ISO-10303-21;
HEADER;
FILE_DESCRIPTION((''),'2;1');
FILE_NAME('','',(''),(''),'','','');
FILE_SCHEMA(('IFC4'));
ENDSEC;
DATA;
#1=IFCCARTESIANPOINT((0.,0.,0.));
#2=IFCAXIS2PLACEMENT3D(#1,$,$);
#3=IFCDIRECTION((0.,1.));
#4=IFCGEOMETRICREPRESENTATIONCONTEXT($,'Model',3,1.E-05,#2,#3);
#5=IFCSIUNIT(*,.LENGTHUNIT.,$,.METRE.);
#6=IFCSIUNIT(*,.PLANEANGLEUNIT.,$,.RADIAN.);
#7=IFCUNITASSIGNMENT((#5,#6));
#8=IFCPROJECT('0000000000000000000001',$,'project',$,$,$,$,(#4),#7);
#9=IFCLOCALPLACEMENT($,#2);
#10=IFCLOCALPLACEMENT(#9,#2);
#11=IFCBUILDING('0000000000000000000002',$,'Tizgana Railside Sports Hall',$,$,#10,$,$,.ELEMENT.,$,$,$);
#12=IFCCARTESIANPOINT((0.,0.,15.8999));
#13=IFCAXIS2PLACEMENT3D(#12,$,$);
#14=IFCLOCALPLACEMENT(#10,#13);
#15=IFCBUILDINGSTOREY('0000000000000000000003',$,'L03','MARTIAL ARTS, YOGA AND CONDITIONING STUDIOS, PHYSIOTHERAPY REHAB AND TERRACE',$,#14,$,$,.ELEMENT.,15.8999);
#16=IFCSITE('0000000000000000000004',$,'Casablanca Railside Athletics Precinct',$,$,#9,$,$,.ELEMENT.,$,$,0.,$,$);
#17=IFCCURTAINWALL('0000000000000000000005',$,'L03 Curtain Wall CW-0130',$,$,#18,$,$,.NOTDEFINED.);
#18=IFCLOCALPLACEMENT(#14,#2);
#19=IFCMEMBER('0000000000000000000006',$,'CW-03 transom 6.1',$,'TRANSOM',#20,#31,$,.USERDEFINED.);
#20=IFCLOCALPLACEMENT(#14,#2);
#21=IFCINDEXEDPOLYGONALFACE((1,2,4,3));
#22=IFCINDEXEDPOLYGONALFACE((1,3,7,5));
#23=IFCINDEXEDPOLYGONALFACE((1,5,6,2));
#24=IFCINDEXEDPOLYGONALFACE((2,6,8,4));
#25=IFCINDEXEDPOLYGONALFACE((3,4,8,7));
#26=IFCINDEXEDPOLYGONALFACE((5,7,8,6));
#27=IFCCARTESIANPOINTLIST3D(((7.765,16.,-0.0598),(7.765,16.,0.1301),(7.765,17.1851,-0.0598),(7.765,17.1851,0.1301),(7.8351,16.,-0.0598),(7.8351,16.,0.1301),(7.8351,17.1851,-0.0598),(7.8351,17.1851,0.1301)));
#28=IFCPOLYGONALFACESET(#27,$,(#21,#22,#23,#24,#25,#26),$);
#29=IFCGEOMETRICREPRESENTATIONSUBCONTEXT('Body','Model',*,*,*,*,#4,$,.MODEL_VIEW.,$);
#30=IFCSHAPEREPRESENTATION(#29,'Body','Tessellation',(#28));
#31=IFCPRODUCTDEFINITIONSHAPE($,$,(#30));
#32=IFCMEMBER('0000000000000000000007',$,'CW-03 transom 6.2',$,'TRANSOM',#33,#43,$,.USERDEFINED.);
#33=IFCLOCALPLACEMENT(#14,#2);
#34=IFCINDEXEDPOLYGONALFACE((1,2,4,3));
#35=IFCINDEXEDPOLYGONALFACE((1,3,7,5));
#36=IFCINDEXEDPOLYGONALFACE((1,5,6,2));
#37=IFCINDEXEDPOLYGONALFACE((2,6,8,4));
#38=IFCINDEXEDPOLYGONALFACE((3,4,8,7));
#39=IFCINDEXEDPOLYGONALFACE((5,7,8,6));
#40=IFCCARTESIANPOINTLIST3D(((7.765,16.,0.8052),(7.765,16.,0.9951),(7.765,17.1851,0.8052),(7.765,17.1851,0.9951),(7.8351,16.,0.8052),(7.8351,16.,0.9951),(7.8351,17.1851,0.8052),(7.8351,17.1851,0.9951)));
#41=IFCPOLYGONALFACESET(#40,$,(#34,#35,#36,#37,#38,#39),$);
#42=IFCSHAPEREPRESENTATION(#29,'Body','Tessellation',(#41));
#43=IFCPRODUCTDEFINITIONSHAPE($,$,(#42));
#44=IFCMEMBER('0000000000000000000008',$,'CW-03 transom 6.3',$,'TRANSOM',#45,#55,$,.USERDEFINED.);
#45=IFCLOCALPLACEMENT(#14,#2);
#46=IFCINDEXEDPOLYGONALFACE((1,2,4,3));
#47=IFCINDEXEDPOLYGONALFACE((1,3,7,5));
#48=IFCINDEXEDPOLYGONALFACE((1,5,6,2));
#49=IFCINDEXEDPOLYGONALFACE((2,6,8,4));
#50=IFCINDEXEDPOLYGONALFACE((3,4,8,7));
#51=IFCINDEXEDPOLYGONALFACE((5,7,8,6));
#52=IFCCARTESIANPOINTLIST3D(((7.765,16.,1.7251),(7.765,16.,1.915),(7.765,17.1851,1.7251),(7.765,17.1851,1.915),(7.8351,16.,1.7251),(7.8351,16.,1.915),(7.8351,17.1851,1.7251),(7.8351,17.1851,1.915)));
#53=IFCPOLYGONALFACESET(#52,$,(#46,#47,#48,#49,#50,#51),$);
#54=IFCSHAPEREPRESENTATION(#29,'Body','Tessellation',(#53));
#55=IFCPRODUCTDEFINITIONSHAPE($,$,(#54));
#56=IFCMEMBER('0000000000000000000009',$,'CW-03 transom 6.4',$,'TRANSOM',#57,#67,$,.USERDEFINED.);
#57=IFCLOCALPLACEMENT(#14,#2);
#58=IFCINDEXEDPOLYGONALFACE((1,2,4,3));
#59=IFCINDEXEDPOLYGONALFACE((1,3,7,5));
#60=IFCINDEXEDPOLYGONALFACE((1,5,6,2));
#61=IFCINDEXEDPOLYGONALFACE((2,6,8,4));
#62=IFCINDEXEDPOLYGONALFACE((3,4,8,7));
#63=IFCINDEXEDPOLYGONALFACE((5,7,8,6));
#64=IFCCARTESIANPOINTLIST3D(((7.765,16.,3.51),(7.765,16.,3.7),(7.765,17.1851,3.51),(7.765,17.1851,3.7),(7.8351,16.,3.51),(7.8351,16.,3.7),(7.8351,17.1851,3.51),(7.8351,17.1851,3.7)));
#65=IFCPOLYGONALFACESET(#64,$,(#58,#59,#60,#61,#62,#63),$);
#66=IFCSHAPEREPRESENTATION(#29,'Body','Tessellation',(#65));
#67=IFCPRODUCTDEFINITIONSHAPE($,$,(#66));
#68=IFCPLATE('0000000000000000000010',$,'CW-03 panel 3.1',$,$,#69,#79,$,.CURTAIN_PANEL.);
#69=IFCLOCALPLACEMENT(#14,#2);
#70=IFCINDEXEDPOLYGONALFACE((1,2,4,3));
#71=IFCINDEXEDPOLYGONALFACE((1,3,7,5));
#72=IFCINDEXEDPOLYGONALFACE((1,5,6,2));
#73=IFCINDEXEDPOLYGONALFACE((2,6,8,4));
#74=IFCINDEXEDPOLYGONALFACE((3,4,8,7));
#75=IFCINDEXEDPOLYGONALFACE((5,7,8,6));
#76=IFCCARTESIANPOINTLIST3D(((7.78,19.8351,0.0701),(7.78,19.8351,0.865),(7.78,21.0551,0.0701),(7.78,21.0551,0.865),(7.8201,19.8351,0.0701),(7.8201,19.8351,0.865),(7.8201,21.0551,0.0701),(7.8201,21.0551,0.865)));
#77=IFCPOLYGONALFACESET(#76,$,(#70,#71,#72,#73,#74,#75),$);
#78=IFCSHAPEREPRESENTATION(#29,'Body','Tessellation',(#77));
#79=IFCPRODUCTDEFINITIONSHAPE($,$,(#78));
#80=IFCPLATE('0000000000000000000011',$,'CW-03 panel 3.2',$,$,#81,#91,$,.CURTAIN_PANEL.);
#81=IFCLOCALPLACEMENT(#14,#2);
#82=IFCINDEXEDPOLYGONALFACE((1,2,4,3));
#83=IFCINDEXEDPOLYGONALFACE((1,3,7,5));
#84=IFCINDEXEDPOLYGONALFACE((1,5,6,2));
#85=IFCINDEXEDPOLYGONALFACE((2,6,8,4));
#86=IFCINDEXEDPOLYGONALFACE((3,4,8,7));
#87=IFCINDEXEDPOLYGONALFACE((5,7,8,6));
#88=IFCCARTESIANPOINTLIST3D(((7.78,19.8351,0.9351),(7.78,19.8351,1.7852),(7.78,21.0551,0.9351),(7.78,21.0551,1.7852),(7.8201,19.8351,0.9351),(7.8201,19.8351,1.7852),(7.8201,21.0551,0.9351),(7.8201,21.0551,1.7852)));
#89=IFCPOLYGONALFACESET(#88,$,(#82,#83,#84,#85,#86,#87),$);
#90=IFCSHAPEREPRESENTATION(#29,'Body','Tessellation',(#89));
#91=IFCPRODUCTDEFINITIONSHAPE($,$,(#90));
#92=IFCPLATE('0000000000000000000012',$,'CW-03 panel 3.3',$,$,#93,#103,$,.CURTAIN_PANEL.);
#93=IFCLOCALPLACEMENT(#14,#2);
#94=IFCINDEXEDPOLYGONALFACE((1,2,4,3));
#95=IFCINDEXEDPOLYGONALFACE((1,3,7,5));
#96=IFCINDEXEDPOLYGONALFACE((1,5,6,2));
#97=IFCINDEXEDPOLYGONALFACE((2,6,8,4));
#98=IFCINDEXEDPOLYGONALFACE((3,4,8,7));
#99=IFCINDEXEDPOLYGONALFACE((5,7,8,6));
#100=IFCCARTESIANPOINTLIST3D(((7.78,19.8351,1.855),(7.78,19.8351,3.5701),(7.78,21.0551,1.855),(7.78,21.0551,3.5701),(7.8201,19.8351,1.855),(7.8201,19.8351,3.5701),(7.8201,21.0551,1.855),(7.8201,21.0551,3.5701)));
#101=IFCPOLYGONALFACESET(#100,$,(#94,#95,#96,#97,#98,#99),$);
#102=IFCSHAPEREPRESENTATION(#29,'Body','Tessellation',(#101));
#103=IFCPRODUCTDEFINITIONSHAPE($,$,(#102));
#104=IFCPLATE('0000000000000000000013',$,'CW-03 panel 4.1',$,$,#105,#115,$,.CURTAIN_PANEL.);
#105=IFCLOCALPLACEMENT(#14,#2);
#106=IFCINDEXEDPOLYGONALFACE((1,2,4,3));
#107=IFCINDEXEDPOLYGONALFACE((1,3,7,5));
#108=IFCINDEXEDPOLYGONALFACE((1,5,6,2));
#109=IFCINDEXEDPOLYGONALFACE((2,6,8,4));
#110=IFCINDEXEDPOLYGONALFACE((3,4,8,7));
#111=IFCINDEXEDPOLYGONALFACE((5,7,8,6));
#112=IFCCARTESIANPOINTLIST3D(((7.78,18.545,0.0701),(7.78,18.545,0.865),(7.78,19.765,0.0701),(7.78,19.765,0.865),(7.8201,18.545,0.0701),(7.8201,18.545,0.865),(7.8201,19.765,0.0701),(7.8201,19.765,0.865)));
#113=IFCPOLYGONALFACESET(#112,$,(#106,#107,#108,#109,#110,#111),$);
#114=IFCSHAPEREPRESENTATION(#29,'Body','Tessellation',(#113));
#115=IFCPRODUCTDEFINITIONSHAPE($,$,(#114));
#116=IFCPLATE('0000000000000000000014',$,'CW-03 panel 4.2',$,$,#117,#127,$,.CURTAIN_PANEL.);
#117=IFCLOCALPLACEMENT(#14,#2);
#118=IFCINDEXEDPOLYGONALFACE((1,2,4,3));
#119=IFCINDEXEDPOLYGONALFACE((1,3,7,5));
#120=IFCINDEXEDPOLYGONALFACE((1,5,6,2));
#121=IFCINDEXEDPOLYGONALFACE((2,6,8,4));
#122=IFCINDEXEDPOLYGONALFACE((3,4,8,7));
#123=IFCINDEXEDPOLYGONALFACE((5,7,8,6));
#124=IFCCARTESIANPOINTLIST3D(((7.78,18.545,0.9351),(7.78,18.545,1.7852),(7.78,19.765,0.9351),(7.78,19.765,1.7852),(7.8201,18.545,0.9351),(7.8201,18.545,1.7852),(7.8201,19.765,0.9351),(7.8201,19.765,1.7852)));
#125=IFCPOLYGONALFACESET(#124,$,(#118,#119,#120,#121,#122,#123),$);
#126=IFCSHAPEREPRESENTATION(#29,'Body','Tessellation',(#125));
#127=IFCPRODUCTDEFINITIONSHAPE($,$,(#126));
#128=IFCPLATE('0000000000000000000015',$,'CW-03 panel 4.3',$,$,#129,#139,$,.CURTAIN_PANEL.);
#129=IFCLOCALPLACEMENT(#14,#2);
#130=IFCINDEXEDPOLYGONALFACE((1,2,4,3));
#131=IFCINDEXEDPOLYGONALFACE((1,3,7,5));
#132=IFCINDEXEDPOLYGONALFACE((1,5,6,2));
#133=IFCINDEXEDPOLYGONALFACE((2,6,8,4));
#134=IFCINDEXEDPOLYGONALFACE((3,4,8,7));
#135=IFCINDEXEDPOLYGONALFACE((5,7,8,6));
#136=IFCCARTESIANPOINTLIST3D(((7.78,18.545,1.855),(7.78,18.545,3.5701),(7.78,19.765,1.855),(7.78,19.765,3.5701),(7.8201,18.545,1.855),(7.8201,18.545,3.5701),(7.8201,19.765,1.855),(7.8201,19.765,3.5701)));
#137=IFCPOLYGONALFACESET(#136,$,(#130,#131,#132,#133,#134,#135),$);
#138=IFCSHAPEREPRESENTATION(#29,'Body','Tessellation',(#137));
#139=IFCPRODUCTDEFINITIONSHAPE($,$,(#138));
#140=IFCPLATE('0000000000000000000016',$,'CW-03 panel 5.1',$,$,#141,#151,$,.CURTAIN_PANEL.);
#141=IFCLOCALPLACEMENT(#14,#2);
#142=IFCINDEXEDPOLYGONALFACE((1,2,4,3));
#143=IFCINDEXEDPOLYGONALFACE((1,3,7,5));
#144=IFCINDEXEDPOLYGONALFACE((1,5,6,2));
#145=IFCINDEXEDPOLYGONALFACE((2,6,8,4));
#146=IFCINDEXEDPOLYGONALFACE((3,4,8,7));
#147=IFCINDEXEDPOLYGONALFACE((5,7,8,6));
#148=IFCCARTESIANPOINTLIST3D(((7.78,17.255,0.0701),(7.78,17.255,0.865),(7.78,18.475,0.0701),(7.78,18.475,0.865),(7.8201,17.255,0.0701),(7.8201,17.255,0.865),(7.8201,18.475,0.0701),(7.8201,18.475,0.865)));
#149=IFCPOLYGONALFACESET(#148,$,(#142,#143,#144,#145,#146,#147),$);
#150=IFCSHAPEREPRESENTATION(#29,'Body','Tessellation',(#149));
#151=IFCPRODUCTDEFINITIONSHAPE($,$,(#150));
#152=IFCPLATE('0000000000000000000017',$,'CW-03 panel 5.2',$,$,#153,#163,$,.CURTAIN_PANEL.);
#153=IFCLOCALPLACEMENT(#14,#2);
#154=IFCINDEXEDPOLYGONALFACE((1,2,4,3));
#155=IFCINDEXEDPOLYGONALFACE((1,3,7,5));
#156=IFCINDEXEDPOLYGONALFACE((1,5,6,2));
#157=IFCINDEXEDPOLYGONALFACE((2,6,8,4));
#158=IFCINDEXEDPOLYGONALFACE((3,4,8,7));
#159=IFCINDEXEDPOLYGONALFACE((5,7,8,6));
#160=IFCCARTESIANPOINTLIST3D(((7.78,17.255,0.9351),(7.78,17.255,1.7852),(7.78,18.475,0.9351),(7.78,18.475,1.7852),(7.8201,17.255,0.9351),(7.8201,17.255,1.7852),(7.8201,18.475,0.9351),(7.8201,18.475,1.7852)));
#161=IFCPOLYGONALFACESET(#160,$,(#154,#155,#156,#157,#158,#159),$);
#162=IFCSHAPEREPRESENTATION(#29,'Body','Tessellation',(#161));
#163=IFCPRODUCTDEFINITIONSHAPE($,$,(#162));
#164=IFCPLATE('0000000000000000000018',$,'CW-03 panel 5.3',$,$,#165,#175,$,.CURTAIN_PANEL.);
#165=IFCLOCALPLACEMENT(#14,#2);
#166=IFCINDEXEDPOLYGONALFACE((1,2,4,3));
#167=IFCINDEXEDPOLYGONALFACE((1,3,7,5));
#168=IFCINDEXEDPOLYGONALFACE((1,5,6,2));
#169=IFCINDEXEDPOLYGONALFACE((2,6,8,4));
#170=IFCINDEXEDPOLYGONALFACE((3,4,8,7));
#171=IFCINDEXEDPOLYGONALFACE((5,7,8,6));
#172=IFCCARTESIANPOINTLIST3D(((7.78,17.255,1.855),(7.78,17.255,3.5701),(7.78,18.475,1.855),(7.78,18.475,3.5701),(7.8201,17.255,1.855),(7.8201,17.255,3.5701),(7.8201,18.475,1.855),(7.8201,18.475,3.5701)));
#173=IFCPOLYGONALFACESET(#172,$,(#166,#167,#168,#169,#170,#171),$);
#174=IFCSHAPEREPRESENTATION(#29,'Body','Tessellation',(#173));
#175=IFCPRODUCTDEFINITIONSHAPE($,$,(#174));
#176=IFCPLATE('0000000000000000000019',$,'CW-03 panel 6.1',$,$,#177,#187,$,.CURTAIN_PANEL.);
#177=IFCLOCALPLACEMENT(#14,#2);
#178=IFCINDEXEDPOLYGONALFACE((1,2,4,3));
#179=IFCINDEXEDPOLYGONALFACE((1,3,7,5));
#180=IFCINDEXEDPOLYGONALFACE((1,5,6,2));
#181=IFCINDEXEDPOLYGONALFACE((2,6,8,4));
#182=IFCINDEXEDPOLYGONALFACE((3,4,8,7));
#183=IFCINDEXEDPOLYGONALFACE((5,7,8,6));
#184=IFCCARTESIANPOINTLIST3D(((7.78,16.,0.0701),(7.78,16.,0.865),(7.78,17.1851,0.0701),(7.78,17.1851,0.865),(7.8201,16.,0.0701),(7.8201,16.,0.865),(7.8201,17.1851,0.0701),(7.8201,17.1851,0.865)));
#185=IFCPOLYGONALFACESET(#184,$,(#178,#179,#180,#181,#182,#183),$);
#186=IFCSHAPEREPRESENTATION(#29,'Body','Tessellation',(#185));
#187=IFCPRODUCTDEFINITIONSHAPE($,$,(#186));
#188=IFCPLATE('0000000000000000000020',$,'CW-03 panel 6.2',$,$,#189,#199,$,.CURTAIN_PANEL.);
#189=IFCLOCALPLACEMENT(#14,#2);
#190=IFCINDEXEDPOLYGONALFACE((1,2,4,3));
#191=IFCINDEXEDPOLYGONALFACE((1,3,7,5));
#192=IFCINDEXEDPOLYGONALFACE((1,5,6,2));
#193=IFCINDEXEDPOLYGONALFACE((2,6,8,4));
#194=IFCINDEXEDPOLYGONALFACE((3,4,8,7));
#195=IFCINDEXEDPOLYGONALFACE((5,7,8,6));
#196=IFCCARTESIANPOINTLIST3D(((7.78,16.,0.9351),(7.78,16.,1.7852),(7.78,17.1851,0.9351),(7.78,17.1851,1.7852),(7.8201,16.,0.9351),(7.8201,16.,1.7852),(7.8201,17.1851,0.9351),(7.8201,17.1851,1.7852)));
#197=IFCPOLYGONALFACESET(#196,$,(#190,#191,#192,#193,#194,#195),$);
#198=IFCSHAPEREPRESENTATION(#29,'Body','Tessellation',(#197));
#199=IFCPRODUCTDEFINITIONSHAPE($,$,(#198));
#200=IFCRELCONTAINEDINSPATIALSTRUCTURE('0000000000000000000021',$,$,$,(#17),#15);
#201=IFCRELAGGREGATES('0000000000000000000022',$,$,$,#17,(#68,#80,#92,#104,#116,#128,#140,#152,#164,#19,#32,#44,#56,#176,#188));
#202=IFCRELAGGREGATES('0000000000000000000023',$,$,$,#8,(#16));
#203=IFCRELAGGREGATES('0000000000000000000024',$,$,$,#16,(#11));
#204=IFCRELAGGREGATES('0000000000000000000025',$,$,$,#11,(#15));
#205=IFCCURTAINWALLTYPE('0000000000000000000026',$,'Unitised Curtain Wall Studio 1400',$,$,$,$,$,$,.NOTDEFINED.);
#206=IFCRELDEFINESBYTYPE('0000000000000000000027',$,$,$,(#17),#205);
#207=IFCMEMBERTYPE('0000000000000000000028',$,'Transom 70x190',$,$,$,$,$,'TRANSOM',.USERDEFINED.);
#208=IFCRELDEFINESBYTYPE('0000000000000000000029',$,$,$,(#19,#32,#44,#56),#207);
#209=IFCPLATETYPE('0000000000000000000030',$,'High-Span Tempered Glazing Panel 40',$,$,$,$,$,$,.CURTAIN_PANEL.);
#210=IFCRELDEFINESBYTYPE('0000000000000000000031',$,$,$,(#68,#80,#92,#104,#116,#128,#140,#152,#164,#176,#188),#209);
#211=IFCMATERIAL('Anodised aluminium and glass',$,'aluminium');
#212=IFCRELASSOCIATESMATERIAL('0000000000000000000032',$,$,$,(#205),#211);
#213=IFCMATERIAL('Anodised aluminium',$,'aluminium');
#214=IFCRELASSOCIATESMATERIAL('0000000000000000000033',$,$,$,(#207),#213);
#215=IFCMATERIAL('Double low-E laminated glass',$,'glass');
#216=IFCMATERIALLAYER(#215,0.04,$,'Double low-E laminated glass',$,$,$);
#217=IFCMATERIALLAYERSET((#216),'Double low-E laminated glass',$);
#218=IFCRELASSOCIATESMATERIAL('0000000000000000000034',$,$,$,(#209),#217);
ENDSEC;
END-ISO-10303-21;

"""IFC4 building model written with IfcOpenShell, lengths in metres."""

from ifc_helpers import new_model, si_unit, direction, frame, origin, origin_2d, place, context, subcontext, project, spatial, rectangle, extrude, material, layer, layer_set, material_profile, profile_set, type_object, element, aggregate, save


model = new_model("IFC4")

# Units and contexts
model_context = context("Model", 3, precision=1e-05, world=origin(), true_north=direction((0.0, 1.0)))
body_context = subcontext(model_context, "Body", "Model", "MODEL_VIEW")
ifc_project = project(units=[si_unit("LENGTHUNIT", "METRE"), si_unit("PLANEANGLEUNIT", "RADIAN")], contexts=[model_context])

# Site, building, storey
site_placement = place(None, origin())
site = spatial("IfcSite", under=ifc_project, at=site_placement, Name="Casablanca Railside Athletics Precinct", CompositionType="ELEMENT", RefElevation=0.0)
building_placement = place(site_placement, origin())
building = spatial("IfcBuilding", under=site, at=building_placement, Name="Tizgana Railside Sports Hall", CompositionType="ELEMENT")
storey_placement = place(building_placement, frame((0.0, 0.0, 15.8999)))
storey = spatial("IfcBuildingStorey", under=building, at=storey_placement, Name="L03", Description="MARTIAL ARTS, YOGA AND CONDITIONING STUDIOS, PHYSIOTHERAPY REHAB AND TERRACE", CompositionType="ELEMENT", Elevation=15.8999)

# Curtain wall
ifc_material_1 = material(Name="Anodised aluminium and glass", Category="aluminium")
curtain_wall_type = type_object("IfcCurtainWallType", Name="Unitised Curtain Wall Studio 1400", PredefinedType="NOTDEFINED", material=ifc_material_1)
curtain_wall_placement = place(storey_placement, origin())
curtain_wall = element("IfcCurtainWall", 1, at=curtain_wall_placement, inside=storey, type_object=curtain_wall_type, Name="L03 Curtain Wall CW-0130", PredefinedType="NOTDEFINED")
ifc_material_2 = material(Name="Anodised aluminium", Category="aluminium")

# Members
ifc_material_profile_1 = material_profile(ifc_material_2, rectangle(XDim=0.0701, YDim=0.1899, at=origin_2d()), Name="Transom 70x190")
ifc_profile_set_1 = profile_set([ifc_material_profile_1], Name="Anodised aluminium")
member_type_1 = type_object("IfcMemberType", Name="Transom 70x190", ElementType="TRANSOM", PredefinedType="USERDEFINED", material=ifc_profile_set_1)
member_1_placement = place(storey_placement, frame((7.8, 17.1851, 0.0352), z_axis=(0.0, -1.0, 0.0), x_axis=(1.0, 0.0, 0.0)))
member_1 = element("IfcMember", 2, at=member_1_placement, type_object=member_type_1, Name="CW-03 transom 6.1", ObjectType="TRANSOM", PredefinedType="USERDEFINED", context=body_context, shape_type="SweptSolid", body=[
    extrude(rectangle(XDim=0.0701, YDim=0.1899, at=origin_2d()), origin(), (0.0, 0.0, 1.0), 1.1851),
])
member_2_placement = place(storey_placement, frame((7.8, 17.1851, 0.9001), z_axis=(0.0, -1.0, 0.0), x_axis=(1.0, 0.0, 0.0)))
member_2 = element("IfcMember", 3, at=member_2_placement, type_object=member_type_1, Name="CW-03 transom 6.2", ObjectType="TRANSOM", PredefinedType="USERDEFINED", context=body_context, shape_type="SweptSolid", body=[
    extrude(rectangle(XDim=0.0701, YDim=0.1899, at=origin_2d()), origin(), (0.0, 0.0, 1.0), 1.1851),
])
member_3_placement = place(storey_placement, frame((7.8, 17.1851, 1.8201), z_axis=(0.0, -1.0, 0.0), x_axis=(1.0, 0.0, 0.0)))
member_3 = element("IfcMember", 4, at=member_3_placement, type_object=member_type_1, Name="CW-03 transom 6.3", ObjectType="TRANSOM", PredefinedType="USERDEFINED", context=body_context, shape_type="SweptSolid", body=[
    extrude(rectangle(XDim=0.0701, YDim=0.1899, at=origin_2d()), origin(), (0.0, 0.0, 1.0), 1.1851),
])
member_4_placement = place(storey_placement, frame((7.8, 17.1851, 3.605), z_axis=(0.0, -1.0, 0.0), x_axis=(1.0, 0.0, 0.0)))
member_4 = element("IfcMember", 5, at=member_4_placement, type_object=member_type_1, Name="CW-03 transom 6.4", ObjectType="TRANSOM", PredefinedType="USERDEFINED", context=body_context, shape_type="SweptSolid", body=[
    extrude(rectangle(XDim=0.0701, YDim=0.1899, at=origin_2d()), origin(), (0.0, 0.0, 1.0), 1.1851),
])

# Plates
ifc_material_3 = material(Name="Double low-E laminated glass", Category="glass")
ifc_layer_1 = layer(ifc_material_3, 0.04, Name="Double low-E laminated glass")
ifc_layer_set_1 = layer_set([ifc_layer_1], Name="Double low-E laminated glass")
plate_type = type_object("IfcPlateType", Name="High-Span Tempered Glazing Panel 40", PredefinedType="CURTAIN_PANEL", material=ifc_layer_set_1)
plate_1_placement = place(storey_placement, frame((7.8, 20.4451, 0.0701), z_axis=(0.0, 0.0, 1.0), x_axis=(0.0, -1.0, 0.0)))
plate_1 = element("IfcPlate", 6, at=plate_1_placement, type_object=plate_type, Name="CW-03 panel 3.1", PredefinedType="CURTAIN_PANEL", context=body_context, shape_type="SweptSolid", body=[
    extrude(rectangle(XDim=1.22, YDim=0.04, at=origin_2d()), origin(), (0.0, 0.0, 1.0), 0.7949),
])
plate_2_placement = place(storey_placement, frame((7.8, 20.4451, 0.9351), z_axis=(0.0, 0.0, 1.0), x_axis=(0.0, -1.0, 0.0)))
plate_2 = element("IfcPlate", 7, at=plate_2_placement, type_object=plate_type, Name="CW-03 panel 3.2", PredefinedType="CURTAIN_PANEL", context=body_context, shape_type="SweptSolid", body=[
    extrude(rectangle(XDim=1.22, YDim=0.04, at=origin_2d()), origin(), (0.0, 0.0, 1.0), 0.8501),
])
plate_3_placement = place(storey_placement, frame((7.8, 20.4451, 1.855), z_axis=(0.0, 0.0, 1.0), x_axis=(0.0, -1.0, 0.0)))
plate_3 = element("IfcPlate", 8, at=plate_3_placement, type_object=plate_type, Name="CW-03 panel 3.3", PredefinedType="CURTAIN_PANEL", context=body_context, shape_type="SweptSolid", body=[
    extrude(rectangle(XDim=1.22, YDim=0.04, at=origin_2d()), origin(), (0.0, 0.0, 1.0), 1.7151),
])
plate_4_placement = place(storey_placement, frame((7.8, 19.155, 0.0701), z_axis=(0.0, 0.0, 1.0), x_axis=(0.0, -1.0, 0.0)))
plate_4 = element("IfcPlate", 9, at=plate_4_placement, type_object=plate_type, Name="CW-03 panel 4.1", PredefinedType="CURTAIN_PANEL", context=body_context, shape_type="SweptSolid", body=[
    extrude(rectangle(XDim=1.22, YDim=0.04, at=origin_2d()), origin(), (0.0, 0.0, 1.0), 0.7949),
])
plate_5_placement = place(storey_placement, frame((7.8, 19.155, 0.9351), z_axis=(0.0, 0.0, 1.0), x_axis=(0.0, -1.0, 0.0)))
plate_5 = element("IfcPlate", 10, at=plate_5_placement, type_object=plate_type, Name="CW-03 panel 4.2", PredefinedType="CURTAIN_PANEL", context=body_context, shape_type="SweptSolid", body=[
    extrude(rectangle(XDim=1.22, YDim=0.04, at=origin_2d()), origin(), (0.0, 0.0, 1.0), 0.8501),
])
plate_6_placement = place(storey_placement, frame((7.8, 19.155, 1.855), z_axis=(0.0, 0.0, 1.0), x_axis=(0.0, -1.0, 0.0)))
plate_6 = element("IfcPlate", 11, at=plate_6_placement, type_object=plate_type, Name="CW-03 panel 4.3", PredefinedType="CURTAIN_PANEL", context=body_context, shape_type="SweptSolid", body=[
    extrude(rectangle(XDim=1.22, YDim=0.04, at=origin_2d()), origin(), (0.0, 0.0, 1.0), 1.7151),
])
plate_7_placement = place(storey_placement, frame((7.8, 17.865, 0.0701), z_axis=(0.0, 0.0, 1.0), x_axis=(0.0, -1.0, 0.0)))
plate_7 = element("IfcPlate", 12, at=plate_7_placement, type_object=plate_type, Name="CW-03 panel 5.1", PredefinedType="CURTAIN_PANEL", context=body_context, shape_type="SweptSolid", body=[
    extrude(rectangle(XDim=1.22, YDim=0.04, at=origin_2d()), origin(), (0.0, 0.0, 1.0), 0.7949),
])
plate_8_placement = place(storey_placement, frame((7.8, 17.865, 0.9351), z_axis=(0.0, 0.0, 1.0), x_axis=(0.0, -1.0, 0.0)))
plate_8 = element("IfcPlate", 13, at=plate_8_placement, type_object=plate_type, Name="CW-03 panel 5.2", PredefinedType="CURTAIN_PANEL", context=body_context, shape_type="SweptSolid", body=[
    extrude(rectangle(XDim=1.22, YDim=0.04, at=origin_2d()), origin(), (0.0, 0.0, 1.0), 0.8501),
])
plate_9_placement = place(storey_placement, frame((7.8, 17.865, 1.855), z_axis=(0.0, 0.0, 1.0), x_axis=(0.0, -1.0, 0.0)))
plate_9 = element("IfcPlate", 14, at=plate_9_placement, type_object=plate_type, Name="CW-03 panel 5.3", PredefinedType="CURTAIN_PANEL", context=body_context, shape_type="SweptSolid", body=[
    extrude(rectangle(XDim=1.22, YDim=0.04, at=origin_2d()), origin(), (0.0, 0.0, 1.0), 1.7151),
])
plate_10_placement = place(storey_placement, frame((7.8, 16.5925, 0.0701), z_axis=(0.0, 0.0, 1.0), x_axis=(0.0, -1.0, 0.0)))
plate_10 = element("IfcPlate", 15, at=plate_10_placement, type_object=plate_type, Name="CW-03 panel 6.1", PredefinedType="CURTAIN_PANEL", context=body_context, shape_type="SweptSolid", body=[
    extrude(rectangle(XDim=1.1851, YDim=0.04, at=origin_2d()), origin(), (0.0, 0.0, 1.0), 0.7949),
])
plate_11_placement = place(storey_placement, frame((7.8, 16.5925, 0.9351), z_axis=(0.0, 0.0, 1.0), x_axis=(0.0, -1.0, 0.0)))
plate_11 = element("IfcPlate", 16, at=plate_11_placement, type_object=plate_type, Name="CW-03 panel 6.2", PredefinedType="CURTAIN_PANEL", context=body_context, shape_type="SweptSolid", body=[
    extrude(rectangle(XDim=1.1851, YDim=0.04, at=origin_2d()), origin(), (0.0, 0.0, 1.0), 0.8501),
])
aggregate(curtain_wall, [plate_1, plate_2, plate_3, plate_4, plate_5, plate_6, plate_7, plate_8, plate_9, member_1, member_2, member_3, member_4, plate_10, plate_11])

save(model, "model.ifc")
